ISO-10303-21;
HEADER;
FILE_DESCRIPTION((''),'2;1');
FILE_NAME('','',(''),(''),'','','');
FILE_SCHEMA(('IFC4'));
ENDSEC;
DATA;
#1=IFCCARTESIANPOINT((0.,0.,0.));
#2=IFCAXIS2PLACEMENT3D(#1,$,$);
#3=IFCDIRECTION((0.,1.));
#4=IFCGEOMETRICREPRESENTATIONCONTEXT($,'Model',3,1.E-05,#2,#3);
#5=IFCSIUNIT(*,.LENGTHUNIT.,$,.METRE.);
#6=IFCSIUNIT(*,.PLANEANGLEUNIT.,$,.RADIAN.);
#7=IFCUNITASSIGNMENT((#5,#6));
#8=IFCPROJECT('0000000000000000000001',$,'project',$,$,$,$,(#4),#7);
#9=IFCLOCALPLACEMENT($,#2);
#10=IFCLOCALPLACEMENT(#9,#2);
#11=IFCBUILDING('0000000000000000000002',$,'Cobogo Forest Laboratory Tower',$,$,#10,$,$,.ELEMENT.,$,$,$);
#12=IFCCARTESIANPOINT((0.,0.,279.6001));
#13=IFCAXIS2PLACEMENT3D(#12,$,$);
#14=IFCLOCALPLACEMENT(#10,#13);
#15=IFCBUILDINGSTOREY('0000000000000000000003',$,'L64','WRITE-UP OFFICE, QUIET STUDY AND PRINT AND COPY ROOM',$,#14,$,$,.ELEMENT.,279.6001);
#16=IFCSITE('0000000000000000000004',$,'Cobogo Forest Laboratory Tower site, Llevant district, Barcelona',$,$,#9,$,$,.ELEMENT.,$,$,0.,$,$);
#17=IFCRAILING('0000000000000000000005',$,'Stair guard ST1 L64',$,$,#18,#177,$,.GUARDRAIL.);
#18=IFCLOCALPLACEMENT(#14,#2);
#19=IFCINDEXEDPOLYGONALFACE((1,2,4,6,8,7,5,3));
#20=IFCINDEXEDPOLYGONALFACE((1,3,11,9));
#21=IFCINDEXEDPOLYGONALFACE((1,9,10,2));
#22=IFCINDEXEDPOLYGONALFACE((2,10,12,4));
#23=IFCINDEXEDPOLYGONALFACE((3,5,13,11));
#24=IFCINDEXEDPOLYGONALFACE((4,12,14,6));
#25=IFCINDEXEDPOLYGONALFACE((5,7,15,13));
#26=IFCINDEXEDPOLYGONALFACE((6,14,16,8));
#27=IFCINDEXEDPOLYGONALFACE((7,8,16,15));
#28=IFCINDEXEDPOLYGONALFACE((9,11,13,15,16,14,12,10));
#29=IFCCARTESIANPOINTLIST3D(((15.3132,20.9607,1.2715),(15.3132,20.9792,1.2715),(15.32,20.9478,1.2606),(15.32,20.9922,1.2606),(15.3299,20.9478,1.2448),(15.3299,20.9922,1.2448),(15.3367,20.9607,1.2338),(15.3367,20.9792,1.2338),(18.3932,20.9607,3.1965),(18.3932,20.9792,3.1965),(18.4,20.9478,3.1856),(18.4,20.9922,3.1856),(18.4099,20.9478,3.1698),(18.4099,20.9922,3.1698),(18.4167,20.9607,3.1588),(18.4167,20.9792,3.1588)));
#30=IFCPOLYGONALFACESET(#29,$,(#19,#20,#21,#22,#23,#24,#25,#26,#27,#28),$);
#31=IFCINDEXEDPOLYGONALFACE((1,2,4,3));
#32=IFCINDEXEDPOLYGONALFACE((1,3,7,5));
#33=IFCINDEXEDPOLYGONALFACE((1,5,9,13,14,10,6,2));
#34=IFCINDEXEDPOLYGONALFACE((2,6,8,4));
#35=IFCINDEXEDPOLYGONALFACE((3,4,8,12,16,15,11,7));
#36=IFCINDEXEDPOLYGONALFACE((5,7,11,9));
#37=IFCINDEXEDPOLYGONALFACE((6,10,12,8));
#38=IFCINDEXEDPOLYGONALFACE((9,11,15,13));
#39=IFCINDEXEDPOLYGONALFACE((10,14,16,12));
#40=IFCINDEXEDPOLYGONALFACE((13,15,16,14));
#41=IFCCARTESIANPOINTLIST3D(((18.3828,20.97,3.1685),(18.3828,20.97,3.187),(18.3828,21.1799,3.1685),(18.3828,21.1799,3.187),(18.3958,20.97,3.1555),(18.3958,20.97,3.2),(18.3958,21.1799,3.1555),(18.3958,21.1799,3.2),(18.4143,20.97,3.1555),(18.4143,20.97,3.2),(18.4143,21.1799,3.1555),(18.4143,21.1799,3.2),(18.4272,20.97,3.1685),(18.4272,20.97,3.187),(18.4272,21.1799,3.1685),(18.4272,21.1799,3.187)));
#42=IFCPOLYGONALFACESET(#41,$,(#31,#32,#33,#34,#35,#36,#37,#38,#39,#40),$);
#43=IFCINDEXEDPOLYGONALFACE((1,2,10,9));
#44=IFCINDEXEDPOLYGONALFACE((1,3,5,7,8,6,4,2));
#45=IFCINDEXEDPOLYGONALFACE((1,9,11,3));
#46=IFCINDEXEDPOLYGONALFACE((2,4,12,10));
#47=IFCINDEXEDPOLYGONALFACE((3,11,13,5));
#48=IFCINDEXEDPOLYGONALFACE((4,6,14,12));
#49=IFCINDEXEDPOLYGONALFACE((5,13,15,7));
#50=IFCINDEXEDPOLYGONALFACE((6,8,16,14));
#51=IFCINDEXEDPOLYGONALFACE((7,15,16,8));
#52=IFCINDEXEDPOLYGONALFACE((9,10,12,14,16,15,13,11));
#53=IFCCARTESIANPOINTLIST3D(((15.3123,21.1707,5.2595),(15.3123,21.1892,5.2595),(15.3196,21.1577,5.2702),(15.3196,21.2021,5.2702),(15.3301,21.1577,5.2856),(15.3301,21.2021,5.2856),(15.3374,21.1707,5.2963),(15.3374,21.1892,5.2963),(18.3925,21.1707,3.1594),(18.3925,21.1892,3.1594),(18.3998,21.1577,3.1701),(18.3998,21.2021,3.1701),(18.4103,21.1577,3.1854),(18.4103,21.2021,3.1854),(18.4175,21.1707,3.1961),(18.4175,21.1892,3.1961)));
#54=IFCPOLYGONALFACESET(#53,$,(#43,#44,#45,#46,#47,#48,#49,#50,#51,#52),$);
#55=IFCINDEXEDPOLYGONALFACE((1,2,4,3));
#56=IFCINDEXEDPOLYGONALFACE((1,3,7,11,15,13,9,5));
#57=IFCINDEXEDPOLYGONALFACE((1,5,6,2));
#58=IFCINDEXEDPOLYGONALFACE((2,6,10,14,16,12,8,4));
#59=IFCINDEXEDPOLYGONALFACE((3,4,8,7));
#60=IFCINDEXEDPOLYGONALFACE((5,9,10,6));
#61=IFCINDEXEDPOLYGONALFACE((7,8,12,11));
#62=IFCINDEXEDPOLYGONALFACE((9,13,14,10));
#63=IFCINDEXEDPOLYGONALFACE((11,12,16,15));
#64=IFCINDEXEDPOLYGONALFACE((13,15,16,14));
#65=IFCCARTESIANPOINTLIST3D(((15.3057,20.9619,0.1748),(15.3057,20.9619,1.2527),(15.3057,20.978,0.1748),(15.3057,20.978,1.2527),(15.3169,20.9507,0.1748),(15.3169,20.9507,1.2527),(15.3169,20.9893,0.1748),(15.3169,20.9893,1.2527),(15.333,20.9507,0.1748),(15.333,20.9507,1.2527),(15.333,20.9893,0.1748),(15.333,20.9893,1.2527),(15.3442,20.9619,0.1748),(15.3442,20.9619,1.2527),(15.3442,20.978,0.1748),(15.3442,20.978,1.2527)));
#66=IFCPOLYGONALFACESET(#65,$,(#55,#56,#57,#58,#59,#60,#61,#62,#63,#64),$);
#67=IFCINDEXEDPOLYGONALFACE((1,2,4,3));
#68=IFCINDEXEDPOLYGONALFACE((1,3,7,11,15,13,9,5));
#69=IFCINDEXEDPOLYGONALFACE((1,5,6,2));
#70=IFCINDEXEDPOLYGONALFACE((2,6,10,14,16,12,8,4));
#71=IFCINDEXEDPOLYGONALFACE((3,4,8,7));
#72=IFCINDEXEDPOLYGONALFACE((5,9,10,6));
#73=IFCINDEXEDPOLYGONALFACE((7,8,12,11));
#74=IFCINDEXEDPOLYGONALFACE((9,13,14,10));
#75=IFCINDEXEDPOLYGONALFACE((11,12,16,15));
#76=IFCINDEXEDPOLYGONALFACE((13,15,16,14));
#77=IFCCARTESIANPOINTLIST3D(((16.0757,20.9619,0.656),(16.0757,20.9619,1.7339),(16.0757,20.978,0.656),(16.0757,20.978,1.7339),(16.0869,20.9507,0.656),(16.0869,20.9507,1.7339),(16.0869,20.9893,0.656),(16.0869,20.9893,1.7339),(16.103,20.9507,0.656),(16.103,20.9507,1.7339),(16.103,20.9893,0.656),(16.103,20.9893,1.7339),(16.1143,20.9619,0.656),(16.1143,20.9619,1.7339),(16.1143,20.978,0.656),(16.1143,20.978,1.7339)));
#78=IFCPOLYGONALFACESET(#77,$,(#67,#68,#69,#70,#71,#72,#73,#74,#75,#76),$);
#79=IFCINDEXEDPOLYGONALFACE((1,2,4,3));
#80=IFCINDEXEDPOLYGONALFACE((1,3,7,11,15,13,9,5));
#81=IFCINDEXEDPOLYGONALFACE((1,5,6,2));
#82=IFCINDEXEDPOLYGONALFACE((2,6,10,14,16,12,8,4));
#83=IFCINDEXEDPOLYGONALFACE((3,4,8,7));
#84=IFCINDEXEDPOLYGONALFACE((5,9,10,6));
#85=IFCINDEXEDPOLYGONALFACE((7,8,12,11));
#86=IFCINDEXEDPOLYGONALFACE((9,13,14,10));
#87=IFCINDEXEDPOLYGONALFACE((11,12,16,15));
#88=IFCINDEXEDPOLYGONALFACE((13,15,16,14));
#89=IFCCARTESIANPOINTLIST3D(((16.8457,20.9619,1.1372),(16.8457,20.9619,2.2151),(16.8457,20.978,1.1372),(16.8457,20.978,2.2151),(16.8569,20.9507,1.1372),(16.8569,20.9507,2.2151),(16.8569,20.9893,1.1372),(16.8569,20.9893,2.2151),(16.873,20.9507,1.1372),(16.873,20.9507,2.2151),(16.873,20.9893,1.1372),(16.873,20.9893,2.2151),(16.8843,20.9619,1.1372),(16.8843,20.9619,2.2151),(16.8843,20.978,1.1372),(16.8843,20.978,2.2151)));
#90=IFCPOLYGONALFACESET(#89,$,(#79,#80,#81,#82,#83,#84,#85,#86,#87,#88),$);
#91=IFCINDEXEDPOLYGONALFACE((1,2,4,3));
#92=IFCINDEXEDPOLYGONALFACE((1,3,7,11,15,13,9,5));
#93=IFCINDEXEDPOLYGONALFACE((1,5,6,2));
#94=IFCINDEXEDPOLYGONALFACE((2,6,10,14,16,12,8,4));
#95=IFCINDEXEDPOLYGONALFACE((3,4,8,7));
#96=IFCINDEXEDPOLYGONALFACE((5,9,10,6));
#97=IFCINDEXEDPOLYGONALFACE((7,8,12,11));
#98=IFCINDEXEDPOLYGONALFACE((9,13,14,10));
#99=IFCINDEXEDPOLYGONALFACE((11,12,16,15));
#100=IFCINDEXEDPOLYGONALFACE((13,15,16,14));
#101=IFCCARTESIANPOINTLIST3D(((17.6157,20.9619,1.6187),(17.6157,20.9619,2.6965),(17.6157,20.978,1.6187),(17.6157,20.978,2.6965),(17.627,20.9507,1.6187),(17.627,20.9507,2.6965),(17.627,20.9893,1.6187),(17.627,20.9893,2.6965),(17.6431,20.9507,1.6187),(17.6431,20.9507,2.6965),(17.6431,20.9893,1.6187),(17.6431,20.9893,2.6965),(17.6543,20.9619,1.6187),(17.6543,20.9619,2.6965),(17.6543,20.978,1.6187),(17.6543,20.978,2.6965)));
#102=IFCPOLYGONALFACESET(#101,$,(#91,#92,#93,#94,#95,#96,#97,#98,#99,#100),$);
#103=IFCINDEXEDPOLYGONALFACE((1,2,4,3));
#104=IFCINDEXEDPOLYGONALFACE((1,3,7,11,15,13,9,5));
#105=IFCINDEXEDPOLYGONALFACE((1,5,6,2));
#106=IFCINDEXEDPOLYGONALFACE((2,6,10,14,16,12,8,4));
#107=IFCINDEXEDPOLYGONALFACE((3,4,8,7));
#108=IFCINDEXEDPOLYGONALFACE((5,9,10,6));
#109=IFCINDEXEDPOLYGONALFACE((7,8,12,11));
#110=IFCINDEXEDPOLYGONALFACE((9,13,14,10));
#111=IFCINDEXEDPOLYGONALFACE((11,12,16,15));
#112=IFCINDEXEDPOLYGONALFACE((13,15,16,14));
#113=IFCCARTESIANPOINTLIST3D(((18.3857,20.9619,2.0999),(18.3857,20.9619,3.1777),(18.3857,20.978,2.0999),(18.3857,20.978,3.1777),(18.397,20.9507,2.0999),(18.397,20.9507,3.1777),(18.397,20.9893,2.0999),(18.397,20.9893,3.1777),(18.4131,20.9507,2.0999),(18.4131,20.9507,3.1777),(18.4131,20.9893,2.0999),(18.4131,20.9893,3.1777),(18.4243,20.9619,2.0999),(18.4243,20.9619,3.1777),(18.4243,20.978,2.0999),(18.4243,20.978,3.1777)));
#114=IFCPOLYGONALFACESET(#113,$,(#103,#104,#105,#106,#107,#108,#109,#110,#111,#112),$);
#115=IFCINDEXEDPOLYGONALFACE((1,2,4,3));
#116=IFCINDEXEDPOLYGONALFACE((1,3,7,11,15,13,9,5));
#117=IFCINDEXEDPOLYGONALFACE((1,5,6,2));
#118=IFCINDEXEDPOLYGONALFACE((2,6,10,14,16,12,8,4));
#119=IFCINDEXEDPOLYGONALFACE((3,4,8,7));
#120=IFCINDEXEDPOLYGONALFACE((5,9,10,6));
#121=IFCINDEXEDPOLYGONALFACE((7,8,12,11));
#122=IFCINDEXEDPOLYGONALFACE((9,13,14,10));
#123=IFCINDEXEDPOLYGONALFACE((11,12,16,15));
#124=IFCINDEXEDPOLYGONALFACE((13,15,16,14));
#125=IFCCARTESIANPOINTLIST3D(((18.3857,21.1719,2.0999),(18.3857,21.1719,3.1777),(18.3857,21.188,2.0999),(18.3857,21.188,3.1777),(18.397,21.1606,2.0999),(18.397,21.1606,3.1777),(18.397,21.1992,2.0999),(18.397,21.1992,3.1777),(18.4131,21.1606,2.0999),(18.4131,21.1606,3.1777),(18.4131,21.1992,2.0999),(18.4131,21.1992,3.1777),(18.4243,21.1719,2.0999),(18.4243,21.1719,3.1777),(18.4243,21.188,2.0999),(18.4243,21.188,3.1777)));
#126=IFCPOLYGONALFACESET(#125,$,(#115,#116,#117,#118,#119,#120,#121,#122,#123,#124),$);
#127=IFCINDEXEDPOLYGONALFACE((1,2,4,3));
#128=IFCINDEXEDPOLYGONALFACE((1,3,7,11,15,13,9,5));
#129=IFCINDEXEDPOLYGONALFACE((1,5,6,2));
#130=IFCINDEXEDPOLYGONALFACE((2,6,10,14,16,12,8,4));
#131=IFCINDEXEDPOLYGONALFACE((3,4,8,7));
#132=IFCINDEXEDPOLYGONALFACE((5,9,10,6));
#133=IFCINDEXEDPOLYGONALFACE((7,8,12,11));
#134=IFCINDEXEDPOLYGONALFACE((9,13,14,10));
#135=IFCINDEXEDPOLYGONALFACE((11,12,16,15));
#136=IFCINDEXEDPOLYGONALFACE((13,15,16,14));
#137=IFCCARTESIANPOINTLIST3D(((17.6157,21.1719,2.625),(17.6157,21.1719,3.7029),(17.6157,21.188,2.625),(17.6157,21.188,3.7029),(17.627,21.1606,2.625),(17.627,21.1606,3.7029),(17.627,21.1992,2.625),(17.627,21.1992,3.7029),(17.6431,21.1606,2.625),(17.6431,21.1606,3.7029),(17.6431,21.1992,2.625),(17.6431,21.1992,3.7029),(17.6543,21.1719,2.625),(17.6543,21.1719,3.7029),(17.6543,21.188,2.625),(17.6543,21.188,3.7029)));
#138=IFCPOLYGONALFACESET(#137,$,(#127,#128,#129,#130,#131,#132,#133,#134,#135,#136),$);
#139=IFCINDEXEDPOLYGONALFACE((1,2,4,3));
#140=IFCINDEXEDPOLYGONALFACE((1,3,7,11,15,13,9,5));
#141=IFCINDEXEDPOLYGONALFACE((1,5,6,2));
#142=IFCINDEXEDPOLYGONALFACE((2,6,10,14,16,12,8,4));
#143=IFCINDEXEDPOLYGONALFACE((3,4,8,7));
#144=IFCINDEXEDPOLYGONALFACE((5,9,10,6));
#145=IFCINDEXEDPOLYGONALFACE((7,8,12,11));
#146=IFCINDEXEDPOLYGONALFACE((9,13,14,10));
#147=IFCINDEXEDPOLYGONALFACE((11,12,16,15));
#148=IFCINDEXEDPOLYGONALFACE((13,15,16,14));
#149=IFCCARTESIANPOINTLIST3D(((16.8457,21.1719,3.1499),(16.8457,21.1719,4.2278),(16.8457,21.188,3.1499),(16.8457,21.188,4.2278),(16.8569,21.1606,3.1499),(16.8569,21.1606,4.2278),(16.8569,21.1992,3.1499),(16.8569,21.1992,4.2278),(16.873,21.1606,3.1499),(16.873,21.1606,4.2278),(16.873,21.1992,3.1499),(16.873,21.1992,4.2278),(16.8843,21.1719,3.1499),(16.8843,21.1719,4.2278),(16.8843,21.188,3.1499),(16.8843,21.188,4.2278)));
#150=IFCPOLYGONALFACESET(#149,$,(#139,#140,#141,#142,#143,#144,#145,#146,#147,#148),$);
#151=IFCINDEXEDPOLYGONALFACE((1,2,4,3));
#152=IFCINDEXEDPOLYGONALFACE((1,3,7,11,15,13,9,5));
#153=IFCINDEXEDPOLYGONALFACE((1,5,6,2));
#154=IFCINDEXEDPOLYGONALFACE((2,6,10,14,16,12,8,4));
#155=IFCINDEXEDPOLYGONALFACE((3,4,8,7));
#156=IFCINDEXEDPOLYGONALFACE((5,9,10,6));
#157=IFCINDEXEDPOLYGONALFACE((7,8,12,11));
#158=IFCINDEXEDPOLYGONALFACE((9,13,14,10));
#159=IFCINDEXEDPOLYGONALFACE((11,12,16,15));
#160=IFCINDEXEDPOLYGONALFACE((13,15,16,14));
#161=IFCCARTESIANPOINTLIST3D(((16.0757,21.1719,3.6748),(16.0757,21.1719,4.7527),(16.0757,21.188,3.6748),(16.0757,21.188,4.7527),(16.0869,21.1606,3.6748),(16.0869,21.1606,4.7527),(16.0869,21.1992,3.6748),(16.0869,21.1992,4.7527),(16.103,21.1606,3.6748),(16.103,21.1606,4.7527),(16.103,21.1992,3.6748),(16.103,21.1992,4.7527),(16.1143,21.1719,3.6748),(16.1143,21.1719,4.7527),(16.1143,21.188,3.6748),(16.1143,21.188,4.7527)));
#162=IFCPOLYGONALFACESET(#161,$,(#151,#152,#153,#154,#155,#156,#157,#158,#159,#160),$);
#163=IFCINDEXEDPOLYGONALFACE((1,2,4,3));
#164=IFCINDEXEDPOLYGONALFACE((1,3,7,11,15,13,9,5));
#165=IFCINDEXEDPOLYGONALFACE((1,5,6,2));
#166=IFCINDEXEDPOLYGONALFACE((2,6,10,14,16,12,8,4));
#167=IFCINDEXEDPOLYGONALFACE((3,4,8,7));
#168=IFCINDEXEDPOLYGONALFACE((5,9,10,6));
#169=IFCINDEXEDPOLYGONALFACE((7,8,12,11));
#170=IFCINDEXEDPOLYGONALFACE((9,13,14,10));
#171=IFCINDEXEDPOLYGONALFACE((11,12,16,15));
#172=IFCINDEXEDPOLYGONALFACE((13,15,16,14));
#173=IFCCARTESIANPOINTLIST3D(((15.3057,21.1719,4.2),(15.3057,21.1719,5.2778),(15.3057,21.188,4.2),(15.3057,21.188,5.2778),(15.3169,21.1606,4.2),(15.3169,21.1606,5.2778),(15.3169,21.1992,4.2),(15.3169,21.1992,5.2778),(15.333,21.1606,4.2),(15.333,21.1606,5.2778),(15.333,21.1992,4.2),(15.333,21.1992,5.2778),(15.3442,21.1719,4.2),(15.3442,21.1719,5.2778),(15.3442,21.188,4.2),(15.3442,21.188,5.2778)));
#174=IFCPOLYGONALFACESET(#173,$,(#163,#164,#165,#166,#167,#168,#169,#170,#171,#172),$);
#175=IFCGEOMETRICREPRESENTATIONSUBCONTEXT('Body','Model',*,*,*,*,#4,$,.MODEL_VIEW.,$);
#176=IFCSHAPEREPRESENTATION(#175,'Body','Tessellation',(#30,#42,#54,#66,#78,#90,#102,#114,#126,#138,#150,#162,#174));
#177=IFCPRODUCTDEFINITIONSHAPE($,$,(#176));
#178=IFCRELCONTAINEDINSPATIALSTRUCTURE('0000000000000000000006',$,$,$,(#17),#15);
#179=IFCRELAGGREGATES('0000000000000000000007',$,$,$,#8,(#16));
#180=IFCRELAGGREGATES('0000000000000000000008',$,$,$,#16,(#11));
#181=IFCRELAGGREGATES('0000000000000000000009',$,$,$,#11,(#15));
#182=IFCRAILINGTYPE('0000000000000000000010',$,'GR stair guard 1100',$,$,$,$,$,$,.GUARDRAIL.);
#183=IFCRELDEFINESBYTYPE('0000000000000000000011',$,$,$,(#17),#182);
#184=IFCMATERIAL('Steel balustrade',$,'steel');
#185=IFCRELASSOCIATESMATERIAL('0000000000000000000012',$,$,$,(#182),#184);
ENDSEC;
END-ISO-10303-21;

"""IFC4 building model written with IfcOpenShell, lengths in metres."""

from ifc_helpers import new_model, si_unit, direction, frame, origin, place, context, subcontext, project, spatial, polyline, outline, extrude, material, type_object, element, save


model = new_model("IFC4")

# Units and contexts
model_context = context("Model", 3, precision=1e-05, world=origin(), true_north=direction((0.0, 1.0)))
body_context = subcontext(model_context, "Body", "Model", "MODEL_VIEW")
ifc_project = project(units=[si_unit("LENGTHUNIT", "METRE"), si_unit("PLANEANGLEUNIT", "RADIAN")], contexts=[model_context])

# Site, building, storey
site_placement = place(None, origin())
site = spatial("IfcSite", under=ifc_project, at=site_placement, Name="Cobogo Forest Laboratory Tower site, Llevant district, Barcelona", CompositionType="ELEMENT", RefElevation=0.0)
building_placement = place(site_placement, origin())
building = spatial("IfcBuilding", under=site, at=building_placement, Name="Cobogo Forest Laboratory Tower", CompositionType="ELEMENT")
storey_placement = place(building_placement, frame((0.0, 0.0, 279.6001)))
storey = spatial("IfcBuildingStorey", under=building, at=storey_placement, Name="L64", Description="WRITE-UP OFFICE, QUIET STUDY AND PRINT AND COPY ROOM", CompositionType="ELEMENT", Elevation=279.6001)

# Railing
ifc_material_1 = material(Name="Steel balustrade", Category="steel")
railing_type = type_object("IfcRailingType", Name="GR stair guard 1100", PredefinedType="GUARDRAIL", material=ifc_material_1)
railing_placement = place(storey_placement, frame((15.325, 20.97, 0.1748)))
element("IfcRailing", 1, at=railing_placement, inside=storey, type_object=railing_type, Name="Stair guard ST1 L64", PredefinedType="GUARDRAIL", context=body_context, shape_type="SweptSolid", body=[
    extrude(outline(polyline([(0.0222, 0.0093), (0.0093, 0.0222), (-0.0093, 0.0222), (-0.0222, 0.0093), (-0.0222, -0.0093), (-0.0093, -0.0222), (0.0093, -0.0222), (0.0222, -0.0093), (0.0222, 0.0093)])), frame((0.0, 0.0, 1.0779), z_axis=(0.847998, 0.0, 0.529999), x_axis=(0.0, 1.0, 0.0)), (0.0, 0.0, 1.0), 3.6321),
    extrude(outline(polyline([(0.0222, 0.0093), (0.0093, 0.0222), (-0.0093, 0.0222), (-0.0222, 0.0093), (-0.0222, -0.0093), (-0.0093, -0.0222), (0.0093, -0.0222), (0.0222, -0.0093), (0.0222, 0.0093)])), frame((3.0801, 0.0, 3.0029), z_axis=(0.0, 1.0, 0.0), x_axis=(-1.0, 0.0, 0.0)), (0.0, 0.0, 1.0), 0.21),
    extrude(outline(polyline([(0.0222, 0.0093), (0.0093, 0.0222), (-0.0093, 0.0222), (-0.0222, 0.0093), (-0.0222, -0.0093), (-0.0093, -0.0222), (0.0093, -0.0222), (0.0222, -0.0093), (0.0222, 0.0093)])), frame((3.0801, 0.21, 3.0029), z_axis=(-0.826222, 0.0, 0.563345), x_axis=(0.0, -1.0, 0.0)), (0.0, 0.0, 1.0), 3.728),
    extrude(outline(polyline([(0.0193, 0.0081), (0.0081, 0.0193), (-0.0081, 0.0193), (-0.0193, 0.0081), (-0.0193, -0.0081), (-0.0081, -0.0193), (0.0081, -0.0193), (0.0193, -0.0081), (0.0193, 0.0081)])), origin(), (0.0, 0.0, 1.0), 1.0779),
    extrude(outline(polyline([(0.0193, 0.0081), (0.0081, 0.0193), (-0.0081, 0.0193), (-0.0193, 0.0081), (-0.0193, -0.0081), (-0.0081, -0.0193), (0.0081, -0.0193), (0.0193, -0.0081), (0.0193, 0.0081)])), frame((0.77, 0.0, 0.4812)), (0.0, 0.0, 1.0), 1.0779),
    extrude(outline(polyline([(0.0193, 0.0081), (0.0081, 0.0193), (-0.0081, 0.0193), (-0.0193, 0.0081), (-0.0193, -0.0081), (-0.0081, -0.0193), (0.0081, -0.0193), (0.0193, -0.0081), (0.0193, 0.0081)])), frame((1.54, 0.0, 0.9624)), (0.0, 0.0, 1.0), 1.0779),
    extrude(outline(polyline([(0.0193, 0.0081), (0.0081, 0.0193), (-0.0081, 0.0193), (-0.0193, 0.0081), (-0.0193, -0.0081), (-0.0081, -0.0193), (0.0081, -0.0193), (0.0193, -0.0081), (0.0193, 0.0081)])), frame((2.3101, 0.0, 1.4438)), (0.0, 0.0, 1.0), 1.0779),
    extrude(outline(polyline([(0.0193, 0.0081), (0.0081, 0.0193), (-0.0081, 0.0193), (-0.0193, 0.0081), (-0.0193, -0.0081), (-0.0081, -0.0193), (0.0081, -0.0193), (0.0193, -0.0081), (0.0193, 0.0081)])), frame((3.0801, 0.0, 1.925)), (0.0, 0.0, 1.0), 1.0779),
    extrude(outline(polyline([(0.0193, 0.0081), (0.0081, 0.0193), (-0.0081, 0.0193), (-0.0193, 0.0081), (-0.0193, -0.0081), (-0.0081, -0.0193), (0.0081, -0.0193), (0.0193, -0.0081), (0.0193, 0.0081)])), frame((3.0801, 0.21, 1.925)), (0.0, 0.0, 1.0), 1.0779),
    extrude(outline(polyline([(0.0193, 0.0081), (0.0081, 0.0193), (-0.0081, 0.0193), (-0.0193, 0.0081), (-0.0193, -0.0081), (-0.0081, -0.0193), (0.0081, -0.0193), (0.0193, -0.0081), (0.0193, 0.0081)])), frame((2.3101, 0.21, 2.4502)), (0.0, 0.0, 1.0), 1.0779),
    extrude(outline(polyline([(0.0193, 0.0081), (0.0081, 0.0193), (-0.0081, 0.0193), (-0.0193, 0.0081), (-0.0193, -0.0081), (-0.0081, -0.0193), (0.0081, -0.0193), (0.0193, -0.0081), (0.0193, 0.0081)])), frame((1.54, 0.21, 2.9751)), (0.0, 0.0, 1.0), 1.0779),
    extrude(outline(polyline([(0.0193, 0.0081), (0.0081, 0.0193), (-0.0081, 0.0193), (-0.0193, 0.0081), (-0.0193, -0.0081), (-0.0081, -0.0193), (0.0081, -0.0193), (0.0193, -0.0081), (0.0193, 0.0081)])), frame((0.77, 0.21, 3.5)), (0.0, 0.0, 1.0), 1.0779),
    extrude(outline(polyline([(0.0193, 0.0081), (0.0081, 0.0193), (-0.0081, 0.0193), (-0.0193, 0.0081), (-0.0193, -0.0081), (-0.0081, -0.0193), (0.0081, -0.0193), (0.0193, -0.0081), (0.0193, 0.0081)])), frame((0.0, 0.21, 4.0251)), (0.0, 0.0, 1.0), 1.0779),
])

save(model, "model.ifc")
